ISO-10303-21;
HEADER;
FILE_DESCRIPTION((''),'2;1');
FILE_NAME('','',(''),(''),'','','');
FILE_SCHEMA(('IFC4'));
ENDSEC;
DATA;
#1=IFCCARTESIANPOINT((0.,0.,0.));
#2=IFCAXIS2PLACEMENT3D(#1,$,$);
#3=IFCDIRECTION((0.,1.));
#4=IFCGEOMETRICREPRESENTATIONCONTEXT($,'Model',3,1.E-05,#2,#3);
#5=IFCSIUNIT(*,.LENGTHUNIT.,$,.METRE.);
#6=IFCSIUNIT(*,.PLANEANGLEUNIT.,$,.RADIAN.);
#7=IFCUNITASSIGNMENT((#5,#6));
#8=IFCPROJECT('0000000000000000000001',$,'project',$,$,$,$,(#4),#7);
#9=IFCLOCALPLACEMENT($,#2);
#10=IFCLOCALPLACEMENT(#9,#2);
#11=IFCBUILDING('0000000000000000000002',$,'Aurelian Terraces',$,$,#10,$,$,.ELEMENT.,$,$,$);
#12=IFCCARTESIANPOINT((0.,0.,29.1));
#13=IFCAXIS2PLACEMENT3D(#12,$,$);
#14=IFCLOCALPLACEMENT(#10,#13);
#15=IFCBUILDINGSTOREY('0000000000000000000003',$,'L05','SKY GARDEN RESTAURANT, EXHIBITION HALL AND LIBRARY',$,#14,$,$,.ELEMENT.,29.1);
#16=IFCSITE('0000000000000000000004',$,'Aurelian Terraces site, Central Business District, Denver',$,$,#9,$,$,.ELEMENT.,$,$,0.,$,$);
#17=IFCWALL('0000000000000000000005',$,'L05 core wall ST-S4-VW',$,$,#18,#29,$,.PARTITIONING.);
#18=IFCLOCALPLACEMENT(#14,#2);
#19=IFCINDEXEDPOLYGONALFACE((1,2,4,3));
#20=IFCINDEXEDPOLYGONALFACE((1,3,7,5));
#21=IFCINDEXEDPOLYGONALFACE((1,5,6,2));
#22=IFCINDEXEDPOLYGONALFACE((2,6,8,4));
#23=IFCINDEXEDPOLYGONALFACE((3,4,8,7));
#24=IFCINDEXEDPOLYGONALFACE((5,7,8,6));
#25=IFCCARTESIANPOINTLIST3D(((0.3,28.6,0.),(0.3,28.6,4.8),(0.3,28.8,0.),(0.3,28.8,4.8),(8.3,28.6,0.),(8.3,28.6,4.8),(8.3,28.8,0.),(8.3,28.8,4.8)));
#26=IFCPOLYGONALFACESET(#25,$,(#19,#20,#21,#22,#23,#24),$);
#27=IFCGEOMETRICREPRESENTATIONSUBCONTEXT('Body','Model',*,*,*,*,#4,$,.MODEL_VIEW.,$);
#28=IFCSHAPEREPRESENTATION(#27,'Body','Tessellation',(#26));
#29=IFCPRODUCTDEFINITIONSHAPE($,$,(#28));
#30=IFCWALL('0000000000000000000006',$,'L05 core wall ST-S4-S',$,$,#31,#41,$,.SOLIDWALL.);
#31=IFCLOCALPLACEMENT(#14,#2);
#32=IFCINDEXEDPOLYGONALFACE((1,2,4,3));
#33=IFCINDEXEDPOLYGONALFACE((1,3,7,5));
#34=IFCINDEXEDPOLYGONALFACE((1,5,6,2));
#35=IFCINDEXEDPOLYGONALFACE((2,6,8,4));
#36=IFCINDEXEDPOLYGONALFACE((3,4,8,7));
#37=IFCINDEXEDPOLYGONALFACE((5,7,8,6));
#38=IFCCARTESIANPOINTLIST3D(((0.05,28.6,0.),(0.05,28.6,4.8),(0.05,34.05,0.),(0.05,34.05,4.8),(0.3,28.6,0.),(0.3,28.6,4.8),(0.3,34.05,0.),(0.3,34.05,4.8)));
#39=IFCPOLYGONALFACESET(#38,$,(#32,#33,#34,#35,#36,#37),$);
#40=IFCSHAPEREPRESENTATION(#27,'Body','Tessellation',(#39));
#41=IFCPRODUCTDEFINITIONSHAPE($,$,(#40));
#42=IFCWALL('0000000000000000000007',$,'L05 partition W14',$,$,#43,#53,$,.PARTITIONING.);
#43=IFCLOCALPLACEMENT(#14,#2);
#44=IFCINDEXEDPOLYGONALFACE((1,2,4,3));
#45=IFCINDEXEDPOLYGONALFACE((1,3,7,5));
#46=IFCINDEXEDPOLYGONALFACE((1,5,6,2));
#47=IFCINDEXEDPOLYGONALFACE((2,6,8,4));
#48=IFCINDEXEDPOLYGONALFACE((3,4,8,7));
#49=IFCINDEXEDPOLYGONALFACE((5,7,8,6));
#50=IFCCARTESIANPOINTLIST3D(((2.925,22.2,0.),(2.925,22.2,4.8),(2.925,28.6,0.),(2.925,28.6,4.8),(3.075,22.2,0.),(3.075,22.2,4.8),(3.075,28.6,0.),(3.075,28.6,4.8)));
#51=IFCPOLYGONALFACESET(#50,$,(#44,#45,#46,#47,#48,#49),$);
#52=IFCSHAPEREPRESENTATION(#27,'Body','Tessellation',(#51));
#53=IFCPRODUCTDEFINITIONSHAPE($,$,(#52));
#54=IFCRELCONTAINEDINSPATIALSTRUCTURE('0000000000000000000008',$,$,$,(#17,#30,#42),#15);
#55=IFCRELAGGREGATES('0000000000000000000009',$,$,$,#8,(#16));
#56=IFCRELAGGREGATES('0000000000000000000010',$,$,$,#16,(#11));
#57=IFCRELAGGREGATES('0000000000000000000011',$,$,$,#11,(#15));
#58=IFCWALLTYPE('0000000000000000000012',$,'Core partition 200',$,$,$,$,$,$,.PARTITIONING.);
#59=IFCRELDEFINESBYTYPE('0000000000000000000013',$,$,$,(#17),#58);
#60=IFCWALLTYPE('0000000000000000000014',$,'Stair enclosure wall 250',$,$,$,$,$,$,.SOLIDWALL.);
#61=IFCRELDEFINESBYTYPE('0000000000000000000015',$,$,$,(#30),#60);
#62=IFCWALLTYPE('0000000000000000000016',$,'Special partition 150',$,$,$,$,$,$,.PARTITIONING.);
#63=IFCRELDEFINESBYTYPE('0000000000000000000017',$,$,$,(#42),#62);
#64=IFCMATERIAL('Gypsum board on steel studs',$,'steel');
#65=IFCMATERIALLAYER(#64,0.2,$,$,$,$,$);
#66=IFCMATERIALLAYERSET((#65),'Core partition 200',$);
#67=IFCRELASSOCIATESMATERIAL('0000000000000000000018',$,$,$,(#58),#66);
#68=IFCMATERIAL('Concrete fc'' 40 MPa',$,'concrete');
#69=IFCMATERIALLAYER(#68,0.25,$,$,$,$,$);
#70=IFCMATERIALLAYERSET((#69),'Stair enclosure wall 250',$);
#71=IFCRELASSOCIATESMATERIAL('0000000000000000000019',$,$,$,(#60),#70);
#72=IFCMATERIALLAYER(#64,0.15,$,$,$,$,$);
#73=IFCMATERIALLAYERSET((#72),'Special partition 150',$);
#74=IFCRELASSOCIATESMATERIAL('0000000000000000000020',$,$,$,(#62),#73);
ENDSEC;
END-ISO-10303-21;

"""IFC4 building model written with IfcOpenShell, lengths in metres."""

from ifc_helpers import new_model, si_unit, direction, frame, frame_2d, origin, place, context, subcontext, project, spatial, rectangle, extrude, source, transform, mapped, material, layer, layer_set, type_object, element, save


model = new_model("IFC4")

# Units and contexts
model_context = context("Model", 3, precision=1e-05, world=origin(), true_north=direction((0.0, 1.0)))
body_context = subcontext(model_context, "Body", "Model", "MODEL_VIEW")
ifc_project = project(units=[si_unit("LENGTHUNIT", "METRE"), si_unit("PLANEANGLEUNIT", "RADIAN")], contexts=[model_context])

# Site, building, storey
site_placement = place(None, origin())
site = spatial("IfcSite", under=ifc_project, at=site_placement, Name="Aurelian Terraces site, Central Business District, Denver", CompositionType="ELEMENT", RefElevation=0.0)
building_placement = place(site_placement, origin())
building = spatial("IfcBuilding", under=site, at=building_placement, Name="Aurelian Terraces", CompositionType="ELEMENT")
storey_placement = place(building_placement, frame((0.0, 0.0, 29.1)))
storey = spatial("IfcBuildingStorey", under=building, at=storey_placement, Name="L05", Description="SKY GARDEN RESTAURANT, EXHIBITION HALL AND LIBRARY", CompositionType="ELEMENT", Elevation=29.1)

# Walls
ifc_material_1 = material(Name="Gypsum board on steel studs", Category="steel")
ifc_layer_1 = layer(ifc_material_1, 0.2)
ifc_layer_set_1 = layer_set([ifc_layer_1], Name="Core partition 200")
wall_type_1 = type_object("IfcWallType", Name="Core partition 200", PredefinedType="PARTITIONING", material=ifc_layer_set_1)
shared_shape_1 = source(origin(), body_context, "Body", "SweptSolid", [
    extrude(rectangle(XDim=8.0, YDim=0.2, at=frame_2d((4.0, 0.0))), origin(), (0.0, 0.0, 1.0), 4.8),
])
wall_1_placement = place(storey_placement, frame((0.3, 28.7, 0.0), z_axis=(0.0, 0.0, 1.0), x_axis=(1.0, 0.0, 0.0)))
element("IfcWall", 1, at=wall_1_placement, inside=storey, type_object=wall_type_1, Name="L05 core wall ST-S4-VW", PredefinedType="PARTITIONING", context=body_context, shape_type="MappedRepresentation", body=[
    mapped(shared_shape_1, transform((0.0, 0.0, 0.0), scale=1.0)),
])
ifc_material_2 = material(Name="Concrete fc' 40 MPa", Category="concrete")
ifc_layer_2 = layer(ifc_material_2, 0.25)
ifc_layer_set_2 = layer_set([ifc_layer_2], Name="Stair enclosure wall 250")
wall_type_2 = type_object("IfcWallType", Name="Stair enclosure wall 250", PredefinedType="SOLIDWALL", material=ifc_layer_set_2)
shared_shape_2 = source(origin(), body_context, "Body", "SweptSolid", [
    extrude(rectangle(XDim=5.45, YDim=0.25, at=frame_2d((2.725, 0.0))), origin(), (0.0, 0.0, 1.0), 4.8),
])
wall_2_placement = place(storey_placement, frame((0.175, 28.6, 0.0), z_axis=(0.0, 0.0, 1.0), x_axis=(0.0, 1.0, 0.0)))
element("IfcWall", 2, at=wall_2_placement, inside=storey, type_object=wall_type_2, Name="L05 core wall ST-S4-S", PredefinedType="SOLIDWALL", context=body_context, shape_type="MappedRepresentation", body=[
    mapped(shared_shape_2, transform((0.0, 0.0, 0.0), scale=1.0)),
])
ifc_layer_3 = layer(ifc_material_1, 0.15)
ifc_layer_set_3 = layer_set([ifc_layer_3], Name="Special partition 150")
wall_type_3 = type_object("IfcWallType", Name="Special partition 150", PredefinedType="PARTITIONING", material=ifc_layer_set_3)
shared_shape_3 = source(origin(), body_context, "Body", "SweptSolid", [
    extrude(rectangle(XDim=6.4, YDim=0.15, at=frame_2d((3.2, 0.0))), origin(), (0.0, 0.0, 1.0), 4.8),
])
wall_3_placement = place(storey_placement, frame((3.0, 22.2, 0.0), z_axis=(0.0, 0.0, 1.0), x_axis=(0.0, 1.0, 0.0)))
element("IfcWall", 3, at=wall_3_placement, inside=storey, type_object=wall_type_3, Name="L05 partition W14", PredefinedType="PARTITIONING", context=body_context, shape_type="MappedRepresentation", body=[
    mapped(shared_shape_3, transform((0.0, 0.0, 0.0), scale=1.0)),
])

save(model, "model.ifc")
